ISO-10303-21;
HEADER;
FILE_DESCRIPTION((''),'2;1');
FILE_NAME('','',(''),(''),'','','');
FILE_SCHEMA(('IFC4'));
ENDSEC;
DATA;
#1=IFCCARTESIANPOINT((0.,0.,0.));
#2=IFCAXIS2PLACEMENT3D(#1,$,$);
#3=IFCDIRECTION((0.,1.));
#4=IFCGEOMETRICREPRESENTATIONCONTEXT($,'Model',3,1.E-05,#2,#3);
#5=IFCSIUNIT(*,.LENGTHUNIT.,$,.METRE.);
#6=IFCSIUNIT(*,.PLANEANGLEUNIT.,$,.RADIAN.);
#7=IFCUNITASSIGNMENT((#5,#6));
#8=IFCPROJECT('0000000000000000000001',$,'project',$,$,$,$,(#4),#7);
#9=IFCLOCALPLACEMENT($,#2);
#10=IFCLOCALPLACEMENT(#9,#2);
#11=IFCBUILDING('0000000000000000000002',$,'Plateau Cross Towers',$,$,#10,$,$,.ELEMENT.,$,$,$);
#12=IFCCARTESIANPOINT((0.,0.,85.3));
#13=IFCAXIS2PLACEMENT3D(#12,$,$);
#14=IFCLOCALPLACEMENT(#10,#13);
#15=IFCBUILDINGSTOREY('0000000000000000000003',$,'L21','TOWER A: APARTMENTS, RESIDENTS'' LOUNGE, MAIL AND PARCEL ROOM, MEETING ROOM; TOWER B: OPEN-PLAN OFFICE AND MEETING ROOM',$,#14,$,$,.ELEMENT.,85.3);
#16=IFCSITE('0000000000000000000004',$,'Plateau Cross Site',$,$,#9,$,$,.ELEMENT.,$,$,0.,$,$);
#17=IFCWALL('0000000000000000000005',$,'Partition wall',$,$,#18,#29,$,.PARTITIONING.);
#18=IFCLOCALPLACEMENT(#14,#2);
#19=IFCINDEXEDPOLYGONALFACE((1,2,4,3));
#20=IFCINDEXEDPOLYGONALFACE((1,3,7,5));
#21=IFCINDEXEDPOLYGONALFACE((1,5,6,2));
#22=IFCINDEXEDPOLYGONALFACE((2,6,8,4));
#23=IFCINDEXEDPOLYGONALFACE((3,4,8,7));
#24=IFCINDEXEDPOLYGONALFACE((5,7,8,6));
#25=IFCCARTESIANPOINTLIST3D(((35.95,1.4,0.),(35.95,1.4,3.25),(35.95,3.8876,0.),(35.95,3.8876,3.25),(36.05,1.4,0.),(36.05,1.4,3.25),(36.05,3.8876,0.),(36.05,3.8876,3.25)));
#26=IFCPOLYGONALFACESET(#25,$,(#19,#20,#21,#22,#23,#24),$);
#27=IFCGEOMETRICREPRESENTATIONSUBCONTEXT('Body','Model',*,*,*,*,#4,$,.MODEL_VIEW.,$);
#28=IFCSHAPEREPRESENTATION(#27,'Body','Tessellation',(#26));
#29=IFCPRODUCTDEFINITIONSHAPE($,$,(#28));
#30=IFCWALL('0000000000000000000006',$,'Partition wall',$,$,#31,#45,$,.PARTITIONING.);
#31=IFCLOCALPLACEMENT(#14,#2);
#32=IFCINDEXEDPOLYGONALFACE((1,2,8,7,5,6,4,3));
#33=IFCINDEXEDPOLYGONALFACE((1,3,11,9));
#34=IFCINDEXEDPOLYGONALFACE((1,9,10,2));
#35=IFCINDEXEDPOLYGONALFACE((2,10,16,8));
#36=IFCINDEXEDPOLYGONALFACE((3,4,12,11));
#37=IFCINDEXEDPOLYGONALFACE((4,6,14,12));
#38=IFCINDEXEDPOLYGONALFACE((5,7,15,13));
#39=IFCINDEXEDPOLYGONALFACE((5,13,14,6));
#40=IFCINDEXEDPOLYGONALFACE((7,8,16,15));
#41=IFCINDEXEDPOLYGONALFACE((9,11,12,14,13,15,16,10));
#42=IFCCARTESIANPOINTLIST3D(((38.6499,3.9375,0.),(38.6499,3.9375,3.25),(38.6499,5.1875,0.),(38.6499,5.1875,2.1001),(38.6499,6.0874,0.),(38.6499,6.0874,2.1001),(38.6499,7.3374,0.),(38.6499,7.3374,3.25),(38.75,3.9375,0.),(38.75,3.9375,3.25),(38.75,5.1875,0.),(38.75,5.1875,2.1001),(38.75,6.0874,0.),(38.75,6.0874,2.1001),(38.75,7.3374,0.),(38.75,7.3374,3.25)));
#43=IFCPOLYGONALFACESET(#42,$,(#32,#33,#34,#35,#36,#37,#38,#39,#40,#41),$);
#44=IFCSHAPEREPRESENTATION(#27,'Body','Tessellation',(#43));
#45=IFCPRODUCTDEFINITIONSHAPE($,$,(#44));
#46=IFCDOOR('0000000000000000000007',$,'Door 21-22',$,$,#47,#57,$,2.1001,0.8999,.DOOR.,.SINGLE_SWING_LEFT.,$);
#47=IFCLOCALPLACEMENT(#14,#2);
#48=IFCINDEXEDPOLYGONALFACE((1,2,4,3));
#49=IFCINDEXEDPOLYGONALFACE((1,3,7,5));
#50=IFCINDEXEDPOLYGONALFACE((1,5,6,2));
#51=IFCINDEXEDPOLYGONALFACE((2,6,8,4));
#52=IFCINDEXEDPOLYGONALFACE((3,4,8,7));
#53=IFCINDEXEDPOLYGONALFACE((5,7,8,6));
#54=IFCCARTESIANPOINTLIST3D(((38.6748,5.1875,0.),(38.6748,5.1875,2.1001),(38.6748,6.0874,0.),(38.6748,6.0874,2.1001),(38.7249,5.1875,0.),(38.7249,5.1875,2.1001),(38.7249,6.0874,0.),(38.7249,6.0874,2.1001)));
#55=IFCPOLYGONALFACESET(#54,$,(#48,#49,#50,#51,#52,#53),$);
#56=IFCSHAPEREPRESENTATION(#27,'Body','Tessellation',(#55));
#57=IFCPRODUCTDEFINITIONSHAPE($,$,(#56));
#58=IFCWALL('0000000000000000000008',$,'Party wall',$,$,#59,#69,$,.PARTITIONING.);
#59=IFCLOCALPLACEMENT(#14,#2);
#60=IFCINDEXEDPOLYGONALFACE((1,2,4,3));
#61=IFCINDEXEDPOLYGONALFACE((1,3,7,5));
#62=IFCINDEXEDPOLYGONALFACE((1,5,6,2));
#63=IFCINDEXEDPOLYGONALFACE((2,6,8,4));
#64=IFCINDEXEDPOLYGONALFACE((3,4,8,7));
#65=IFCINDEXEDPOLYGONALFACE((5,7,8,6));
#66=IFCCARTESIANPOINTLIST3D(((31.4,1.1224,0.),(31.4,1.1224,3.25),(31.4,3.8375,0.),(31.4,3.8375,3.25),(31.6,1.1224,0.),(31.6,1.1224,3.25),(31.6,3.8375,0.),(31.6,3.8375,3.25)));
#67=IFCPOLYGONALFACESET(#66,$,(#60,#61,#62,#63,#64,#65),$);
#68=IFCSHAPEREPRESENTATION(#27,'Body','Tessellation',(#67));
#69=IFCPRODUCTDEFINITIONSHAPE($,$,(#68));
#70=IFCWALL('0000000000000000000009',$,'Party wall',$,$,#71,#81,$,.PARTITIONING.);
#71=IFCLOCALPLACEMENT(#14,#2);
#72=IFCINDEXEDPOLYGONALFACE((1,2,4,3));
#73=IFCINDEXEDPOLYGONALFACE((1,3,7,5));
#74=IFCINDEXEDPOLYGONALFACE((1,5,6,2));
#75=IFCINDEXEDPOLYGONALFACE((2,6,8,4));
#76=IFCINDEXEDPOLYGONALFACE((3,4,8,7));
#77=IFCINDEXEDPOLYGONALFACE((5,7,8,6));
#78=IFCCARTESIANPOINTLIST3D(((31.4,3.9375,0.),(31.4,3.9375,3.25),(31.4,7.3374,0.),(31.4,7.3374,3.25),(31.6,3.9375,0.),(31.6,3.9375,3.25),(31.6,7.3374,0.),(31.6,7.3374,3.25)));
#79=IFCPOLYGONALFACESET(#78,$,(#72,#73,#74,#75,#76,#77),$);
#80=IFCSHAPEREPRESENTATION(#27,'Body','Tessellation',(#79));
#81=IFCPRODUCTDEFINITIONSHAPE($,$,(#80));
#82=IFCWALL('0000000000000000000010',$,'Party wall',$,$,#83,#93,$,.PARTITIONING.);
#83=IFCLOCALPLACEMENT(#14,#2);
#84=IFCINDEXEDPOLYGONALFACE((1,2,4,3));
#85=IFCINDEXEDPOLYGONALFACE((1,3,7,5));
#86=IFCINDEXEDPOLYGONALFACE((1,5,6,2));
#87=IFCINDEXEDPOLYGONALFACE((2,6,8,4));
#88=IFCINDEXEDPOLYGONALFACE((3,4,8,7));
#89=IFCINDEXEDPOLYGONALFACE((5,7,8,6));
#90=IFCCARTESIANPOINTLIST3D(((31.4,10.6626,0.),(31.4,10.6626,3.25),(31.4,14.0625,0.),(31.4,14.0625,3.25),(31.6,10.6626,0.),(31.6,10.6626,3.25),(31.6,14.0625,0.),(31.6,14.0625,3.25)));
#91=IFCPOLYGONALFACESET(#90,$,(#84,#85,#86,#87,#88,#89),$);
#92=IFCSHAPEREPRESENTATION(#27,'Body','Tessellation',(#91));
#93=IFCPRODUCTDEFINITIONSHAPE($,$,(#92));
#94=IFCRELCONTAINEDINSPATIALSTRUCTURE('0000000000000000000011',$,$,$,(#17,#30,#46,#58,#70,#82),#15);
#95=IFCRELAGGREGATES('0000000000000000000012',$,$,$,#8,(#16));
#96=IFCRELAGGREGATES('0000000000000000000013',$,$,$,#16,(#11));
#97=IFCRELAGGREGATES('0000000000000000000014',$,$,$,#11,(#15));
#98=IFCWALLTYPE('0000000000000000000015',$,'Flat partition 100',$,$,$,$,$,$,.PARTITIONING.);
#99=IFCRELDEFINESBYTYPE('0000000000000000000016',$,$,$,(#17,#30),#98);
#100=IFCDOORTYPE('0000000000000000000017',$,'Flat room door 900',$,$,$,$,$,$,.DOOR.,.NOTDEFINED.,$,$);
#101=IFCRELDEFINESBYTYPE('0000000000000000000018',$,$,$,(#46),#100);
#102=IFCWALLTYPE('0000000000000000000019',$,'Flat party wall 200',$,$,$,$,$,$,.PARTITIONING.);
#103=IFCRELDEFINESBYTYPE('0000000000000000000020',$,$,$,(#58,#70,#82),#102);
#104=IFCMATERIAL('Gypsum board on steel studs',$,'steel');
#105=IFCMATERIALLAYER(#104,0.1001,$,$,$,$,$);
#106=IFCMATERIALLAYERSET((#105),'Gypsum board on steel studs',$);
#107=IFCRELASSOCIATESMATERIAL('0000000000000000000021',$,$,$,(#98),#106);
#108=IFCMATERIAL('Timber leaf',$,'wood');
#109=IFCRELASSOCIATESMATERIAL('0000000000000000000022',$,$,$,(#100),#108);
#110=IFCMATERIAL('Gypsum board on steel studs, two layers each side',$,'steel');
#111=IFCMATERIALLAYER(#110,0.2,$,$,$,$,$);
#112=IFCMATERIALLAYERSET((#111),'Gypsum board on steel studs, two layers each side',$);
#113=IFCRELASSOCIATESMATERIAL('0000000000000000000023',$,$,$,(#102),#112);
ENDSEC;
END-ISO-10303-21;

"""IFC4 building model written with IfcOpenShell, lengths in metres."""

from ifc_helpers import new_model, si_unit, direction, frame, frame_2d, origin, place, context, subcontext, project, spatial, rectangle, extrude, material, layer, layer_set, type_object, element, fill, save


model = new_model("IFC4")

# Units and contexts
model_context = context("Model", 3, precision=1e-05, world=origin(), true_north=direction((0.0, 1.0)))
body_context = subcontext(model_context, "Body", "Model", "MODEL_VIEW")
ifc_project = project(units=[si_unit("LENGTHUNIT", "METRE"), si_unit("PLANEANGLEUNIT", "RADIAN")], contexts=[model_context])

# Site, building, storey
site_placement = place(None, origin())
site = spatial("IfcSite", under=ifc_project, at=site_placement, Name="Plateau Cross Site", CompositionType="ELEMENT", RefElevation=0.0)
building_placement = place(site_placement, origin())
building = spatial("IfcBuilding", under=site, at=building_placement, Name="Plateau Cross Towers", CompositionType="ELEMENT")
storey_placement = place(building_placement, frame((0.0, 0.0, 85.3)))
storey = spatial("IfcBuildingStorey", under=building, at=storey_placement, Name="L21", Description="TOWER A: APARTMENTS, RESIDENTS' LOUNGE, MAIL AND PARCEL ROOM, MEETING ROOM; TOWER B: OPEN-PLAN OFFICE AND MEETING ROOM", CompositionType="ELEMENT", Elevation=85.3)

# Shared definitions
ifc_material_1 = material(Name="Gypsum board on steel studs", Category="steel")
ifc_layer_1 = layer(ifc_material_1, 0.1001)
ifc_layer_set_1 = layer_set([ifc_layer_1], Name="Gypsum board on steel studs")
wall_type_1 = type_object("IfcWallType", Name="Flat partition 100", PredefinedType="PARTITIONING", material=ifc_layer_set_1)
ifc_material_2 = material(Name="Timber leaf", Category="wood")
door_type = type_object("IfcDoorType", Name="Flat room door 900", OperationType="NOTDEFINED", PredefinedType="DOOR", material=ifc_material_2)

# Wall
wall_1_placement = place(storey_placement, frame((36.0, 3.8875, 0.0), z_axis=(0.0, 0.0, 1.0), x_axis=(0.0, -1.0, 0.0)))
element("IfcWall", 1, at=wall_1_placement, inside=storey, type_object=wall_type_1, Name="Partition wall", PredefinedType="PARTITIONING", context=body_context, shape_type="SweptSolid", body=[
    extrude(rectangle(XDim=2.4875, YDim=0.1001, at=frame_2d((1.2437, 0.0))), origin(), (0.0, 0.0, 1.0), 3.25),
])

# Wall, opening, door
wall_2_placement = place(storey_placement, frame((38.7, 7.3374, 0.0), z_axis=(0.0, 0.0, 1.0), x_axis=(0.0, -1.0, 0.0)))
wall_2 = element("IfcWall", 2, at=wall_2_placement, inside=storey, type_object=wall_type_1, Name="Partition wall", PredefinedType="PARTITIONING", context=body_context, shape_type="SweptSolid", body=[
    extrude(rectangle(XDim=3.3999, YDim=0.1001, at=frame_2d((1.7, 0.0))), origin(), (0.0, 0.0, 1.0), 3.25),
])
opening_1_placement = place(wall_2_placement, frame((1.25, 0.0, 0.0)))
opening_1 = element("IfcOpeningElement", 3, at=opening_1_placement, cuts=wall_2, PredefinedType="OPENING", context=body_context, shape_type="SweptSolid", body=[
    extrude(rectangle(XDim=0.8999, YDim=2.1001, at=frame_2d((0.45, 1.05))), frame((0.0, 0.0601, 0.0), z_axis=(0.0, -1.0, 0.0), x_axis=(1.0, 0.0, 0.0)), (0.0, 0.0, 1.0), 0.1201),
])
door_1_placement = place(opening_1_placement, origin())
door_1 = element("IfcDoor", 4, at=door_1_placement, inside=storey, type_object=door_type, Name="Door 21-22", OperationType="SINGLE_SWING_LEFT", OverallHeight=2.1001, OverallWidth=0.8999, PredefinedType="DOOR", context=body_context, shape_type="SweptSolid", body=[
    extrude(rectangle(XDim=0.8999, YDim=2.1001, at=frame_2d((0.45, 1.05))), frame((0.0, 0.0249, 0.0), z_axis=(0.0, -1.0, 0.0), x_axis=(1.0, 0.0, 0.0)), (0.0, 0.0, 1.0), 0.05),
])
fill(opening_1, door_1)

# Walls
ifc_material_3 = material(Name="Gypsum board on steel studs, two layers each side", Category="steel")
ifc_layer_2 = layer(ifc_material_3, 0.2)
ifc_layer_set_2 = layer_set([ifc_layer_2], Name="Gypsum board on steel studs, two layers each side")
wall_type_2 = type_object("IfcWallType", Name="Flat party wall 200", PredefinedType="PARTITIONING", material=ifc_layer_set_2)
wall_3_placement = place(storey_placement, frame((31.5, 3.8374, 0.0), z_axis=(0.0, 0.0, 1.0), x_axis=(0.0, -1.0, 0.0)))
element("IfcWall", 5, at=wall_3_placement, inside=storey, type_object=wall_type_2, Name="Party wall", PredefinedType="PARTITIONING", context=body_context, shape_type="SweptSolid", body=[
    extrude(rectangle(XDim=2.7151, YDim=0.2, at=frame_2d((1.3574, 0.0))), origin(), (0.0, 0.0, 1.0), 3.25),
])
for number, where, z_axis, x_axis, name in (
    (6, (31.5, 3.9375, 0.0), (0.0, 0.0, 1.0), (0.0, 1.0, 0.0), "Party wall"),
    (7, (31.5, 10.6626, 0.0), (0.0, 0.0, 1.0), (0.0, 1.0, 0.0), "Party wall"),
):
    element("IfcWall", number, at=place(storey_placement, frame(where, z_axis=z_axis, x_axis=x_axis)), inside=storey, type_object=wall_type_2, Name=name, PredefinedType="PARTITIONING", context=body_context, shape_type="SweptSolid", body=[
        extrude(rectangle(XDim=3.3999, YDim=0.2, at=frame_2d((1.7, 0.0))), origin(), (0.0, 0.0, 1.0), 3.25),
    ])

save(model, "model.ifc")
